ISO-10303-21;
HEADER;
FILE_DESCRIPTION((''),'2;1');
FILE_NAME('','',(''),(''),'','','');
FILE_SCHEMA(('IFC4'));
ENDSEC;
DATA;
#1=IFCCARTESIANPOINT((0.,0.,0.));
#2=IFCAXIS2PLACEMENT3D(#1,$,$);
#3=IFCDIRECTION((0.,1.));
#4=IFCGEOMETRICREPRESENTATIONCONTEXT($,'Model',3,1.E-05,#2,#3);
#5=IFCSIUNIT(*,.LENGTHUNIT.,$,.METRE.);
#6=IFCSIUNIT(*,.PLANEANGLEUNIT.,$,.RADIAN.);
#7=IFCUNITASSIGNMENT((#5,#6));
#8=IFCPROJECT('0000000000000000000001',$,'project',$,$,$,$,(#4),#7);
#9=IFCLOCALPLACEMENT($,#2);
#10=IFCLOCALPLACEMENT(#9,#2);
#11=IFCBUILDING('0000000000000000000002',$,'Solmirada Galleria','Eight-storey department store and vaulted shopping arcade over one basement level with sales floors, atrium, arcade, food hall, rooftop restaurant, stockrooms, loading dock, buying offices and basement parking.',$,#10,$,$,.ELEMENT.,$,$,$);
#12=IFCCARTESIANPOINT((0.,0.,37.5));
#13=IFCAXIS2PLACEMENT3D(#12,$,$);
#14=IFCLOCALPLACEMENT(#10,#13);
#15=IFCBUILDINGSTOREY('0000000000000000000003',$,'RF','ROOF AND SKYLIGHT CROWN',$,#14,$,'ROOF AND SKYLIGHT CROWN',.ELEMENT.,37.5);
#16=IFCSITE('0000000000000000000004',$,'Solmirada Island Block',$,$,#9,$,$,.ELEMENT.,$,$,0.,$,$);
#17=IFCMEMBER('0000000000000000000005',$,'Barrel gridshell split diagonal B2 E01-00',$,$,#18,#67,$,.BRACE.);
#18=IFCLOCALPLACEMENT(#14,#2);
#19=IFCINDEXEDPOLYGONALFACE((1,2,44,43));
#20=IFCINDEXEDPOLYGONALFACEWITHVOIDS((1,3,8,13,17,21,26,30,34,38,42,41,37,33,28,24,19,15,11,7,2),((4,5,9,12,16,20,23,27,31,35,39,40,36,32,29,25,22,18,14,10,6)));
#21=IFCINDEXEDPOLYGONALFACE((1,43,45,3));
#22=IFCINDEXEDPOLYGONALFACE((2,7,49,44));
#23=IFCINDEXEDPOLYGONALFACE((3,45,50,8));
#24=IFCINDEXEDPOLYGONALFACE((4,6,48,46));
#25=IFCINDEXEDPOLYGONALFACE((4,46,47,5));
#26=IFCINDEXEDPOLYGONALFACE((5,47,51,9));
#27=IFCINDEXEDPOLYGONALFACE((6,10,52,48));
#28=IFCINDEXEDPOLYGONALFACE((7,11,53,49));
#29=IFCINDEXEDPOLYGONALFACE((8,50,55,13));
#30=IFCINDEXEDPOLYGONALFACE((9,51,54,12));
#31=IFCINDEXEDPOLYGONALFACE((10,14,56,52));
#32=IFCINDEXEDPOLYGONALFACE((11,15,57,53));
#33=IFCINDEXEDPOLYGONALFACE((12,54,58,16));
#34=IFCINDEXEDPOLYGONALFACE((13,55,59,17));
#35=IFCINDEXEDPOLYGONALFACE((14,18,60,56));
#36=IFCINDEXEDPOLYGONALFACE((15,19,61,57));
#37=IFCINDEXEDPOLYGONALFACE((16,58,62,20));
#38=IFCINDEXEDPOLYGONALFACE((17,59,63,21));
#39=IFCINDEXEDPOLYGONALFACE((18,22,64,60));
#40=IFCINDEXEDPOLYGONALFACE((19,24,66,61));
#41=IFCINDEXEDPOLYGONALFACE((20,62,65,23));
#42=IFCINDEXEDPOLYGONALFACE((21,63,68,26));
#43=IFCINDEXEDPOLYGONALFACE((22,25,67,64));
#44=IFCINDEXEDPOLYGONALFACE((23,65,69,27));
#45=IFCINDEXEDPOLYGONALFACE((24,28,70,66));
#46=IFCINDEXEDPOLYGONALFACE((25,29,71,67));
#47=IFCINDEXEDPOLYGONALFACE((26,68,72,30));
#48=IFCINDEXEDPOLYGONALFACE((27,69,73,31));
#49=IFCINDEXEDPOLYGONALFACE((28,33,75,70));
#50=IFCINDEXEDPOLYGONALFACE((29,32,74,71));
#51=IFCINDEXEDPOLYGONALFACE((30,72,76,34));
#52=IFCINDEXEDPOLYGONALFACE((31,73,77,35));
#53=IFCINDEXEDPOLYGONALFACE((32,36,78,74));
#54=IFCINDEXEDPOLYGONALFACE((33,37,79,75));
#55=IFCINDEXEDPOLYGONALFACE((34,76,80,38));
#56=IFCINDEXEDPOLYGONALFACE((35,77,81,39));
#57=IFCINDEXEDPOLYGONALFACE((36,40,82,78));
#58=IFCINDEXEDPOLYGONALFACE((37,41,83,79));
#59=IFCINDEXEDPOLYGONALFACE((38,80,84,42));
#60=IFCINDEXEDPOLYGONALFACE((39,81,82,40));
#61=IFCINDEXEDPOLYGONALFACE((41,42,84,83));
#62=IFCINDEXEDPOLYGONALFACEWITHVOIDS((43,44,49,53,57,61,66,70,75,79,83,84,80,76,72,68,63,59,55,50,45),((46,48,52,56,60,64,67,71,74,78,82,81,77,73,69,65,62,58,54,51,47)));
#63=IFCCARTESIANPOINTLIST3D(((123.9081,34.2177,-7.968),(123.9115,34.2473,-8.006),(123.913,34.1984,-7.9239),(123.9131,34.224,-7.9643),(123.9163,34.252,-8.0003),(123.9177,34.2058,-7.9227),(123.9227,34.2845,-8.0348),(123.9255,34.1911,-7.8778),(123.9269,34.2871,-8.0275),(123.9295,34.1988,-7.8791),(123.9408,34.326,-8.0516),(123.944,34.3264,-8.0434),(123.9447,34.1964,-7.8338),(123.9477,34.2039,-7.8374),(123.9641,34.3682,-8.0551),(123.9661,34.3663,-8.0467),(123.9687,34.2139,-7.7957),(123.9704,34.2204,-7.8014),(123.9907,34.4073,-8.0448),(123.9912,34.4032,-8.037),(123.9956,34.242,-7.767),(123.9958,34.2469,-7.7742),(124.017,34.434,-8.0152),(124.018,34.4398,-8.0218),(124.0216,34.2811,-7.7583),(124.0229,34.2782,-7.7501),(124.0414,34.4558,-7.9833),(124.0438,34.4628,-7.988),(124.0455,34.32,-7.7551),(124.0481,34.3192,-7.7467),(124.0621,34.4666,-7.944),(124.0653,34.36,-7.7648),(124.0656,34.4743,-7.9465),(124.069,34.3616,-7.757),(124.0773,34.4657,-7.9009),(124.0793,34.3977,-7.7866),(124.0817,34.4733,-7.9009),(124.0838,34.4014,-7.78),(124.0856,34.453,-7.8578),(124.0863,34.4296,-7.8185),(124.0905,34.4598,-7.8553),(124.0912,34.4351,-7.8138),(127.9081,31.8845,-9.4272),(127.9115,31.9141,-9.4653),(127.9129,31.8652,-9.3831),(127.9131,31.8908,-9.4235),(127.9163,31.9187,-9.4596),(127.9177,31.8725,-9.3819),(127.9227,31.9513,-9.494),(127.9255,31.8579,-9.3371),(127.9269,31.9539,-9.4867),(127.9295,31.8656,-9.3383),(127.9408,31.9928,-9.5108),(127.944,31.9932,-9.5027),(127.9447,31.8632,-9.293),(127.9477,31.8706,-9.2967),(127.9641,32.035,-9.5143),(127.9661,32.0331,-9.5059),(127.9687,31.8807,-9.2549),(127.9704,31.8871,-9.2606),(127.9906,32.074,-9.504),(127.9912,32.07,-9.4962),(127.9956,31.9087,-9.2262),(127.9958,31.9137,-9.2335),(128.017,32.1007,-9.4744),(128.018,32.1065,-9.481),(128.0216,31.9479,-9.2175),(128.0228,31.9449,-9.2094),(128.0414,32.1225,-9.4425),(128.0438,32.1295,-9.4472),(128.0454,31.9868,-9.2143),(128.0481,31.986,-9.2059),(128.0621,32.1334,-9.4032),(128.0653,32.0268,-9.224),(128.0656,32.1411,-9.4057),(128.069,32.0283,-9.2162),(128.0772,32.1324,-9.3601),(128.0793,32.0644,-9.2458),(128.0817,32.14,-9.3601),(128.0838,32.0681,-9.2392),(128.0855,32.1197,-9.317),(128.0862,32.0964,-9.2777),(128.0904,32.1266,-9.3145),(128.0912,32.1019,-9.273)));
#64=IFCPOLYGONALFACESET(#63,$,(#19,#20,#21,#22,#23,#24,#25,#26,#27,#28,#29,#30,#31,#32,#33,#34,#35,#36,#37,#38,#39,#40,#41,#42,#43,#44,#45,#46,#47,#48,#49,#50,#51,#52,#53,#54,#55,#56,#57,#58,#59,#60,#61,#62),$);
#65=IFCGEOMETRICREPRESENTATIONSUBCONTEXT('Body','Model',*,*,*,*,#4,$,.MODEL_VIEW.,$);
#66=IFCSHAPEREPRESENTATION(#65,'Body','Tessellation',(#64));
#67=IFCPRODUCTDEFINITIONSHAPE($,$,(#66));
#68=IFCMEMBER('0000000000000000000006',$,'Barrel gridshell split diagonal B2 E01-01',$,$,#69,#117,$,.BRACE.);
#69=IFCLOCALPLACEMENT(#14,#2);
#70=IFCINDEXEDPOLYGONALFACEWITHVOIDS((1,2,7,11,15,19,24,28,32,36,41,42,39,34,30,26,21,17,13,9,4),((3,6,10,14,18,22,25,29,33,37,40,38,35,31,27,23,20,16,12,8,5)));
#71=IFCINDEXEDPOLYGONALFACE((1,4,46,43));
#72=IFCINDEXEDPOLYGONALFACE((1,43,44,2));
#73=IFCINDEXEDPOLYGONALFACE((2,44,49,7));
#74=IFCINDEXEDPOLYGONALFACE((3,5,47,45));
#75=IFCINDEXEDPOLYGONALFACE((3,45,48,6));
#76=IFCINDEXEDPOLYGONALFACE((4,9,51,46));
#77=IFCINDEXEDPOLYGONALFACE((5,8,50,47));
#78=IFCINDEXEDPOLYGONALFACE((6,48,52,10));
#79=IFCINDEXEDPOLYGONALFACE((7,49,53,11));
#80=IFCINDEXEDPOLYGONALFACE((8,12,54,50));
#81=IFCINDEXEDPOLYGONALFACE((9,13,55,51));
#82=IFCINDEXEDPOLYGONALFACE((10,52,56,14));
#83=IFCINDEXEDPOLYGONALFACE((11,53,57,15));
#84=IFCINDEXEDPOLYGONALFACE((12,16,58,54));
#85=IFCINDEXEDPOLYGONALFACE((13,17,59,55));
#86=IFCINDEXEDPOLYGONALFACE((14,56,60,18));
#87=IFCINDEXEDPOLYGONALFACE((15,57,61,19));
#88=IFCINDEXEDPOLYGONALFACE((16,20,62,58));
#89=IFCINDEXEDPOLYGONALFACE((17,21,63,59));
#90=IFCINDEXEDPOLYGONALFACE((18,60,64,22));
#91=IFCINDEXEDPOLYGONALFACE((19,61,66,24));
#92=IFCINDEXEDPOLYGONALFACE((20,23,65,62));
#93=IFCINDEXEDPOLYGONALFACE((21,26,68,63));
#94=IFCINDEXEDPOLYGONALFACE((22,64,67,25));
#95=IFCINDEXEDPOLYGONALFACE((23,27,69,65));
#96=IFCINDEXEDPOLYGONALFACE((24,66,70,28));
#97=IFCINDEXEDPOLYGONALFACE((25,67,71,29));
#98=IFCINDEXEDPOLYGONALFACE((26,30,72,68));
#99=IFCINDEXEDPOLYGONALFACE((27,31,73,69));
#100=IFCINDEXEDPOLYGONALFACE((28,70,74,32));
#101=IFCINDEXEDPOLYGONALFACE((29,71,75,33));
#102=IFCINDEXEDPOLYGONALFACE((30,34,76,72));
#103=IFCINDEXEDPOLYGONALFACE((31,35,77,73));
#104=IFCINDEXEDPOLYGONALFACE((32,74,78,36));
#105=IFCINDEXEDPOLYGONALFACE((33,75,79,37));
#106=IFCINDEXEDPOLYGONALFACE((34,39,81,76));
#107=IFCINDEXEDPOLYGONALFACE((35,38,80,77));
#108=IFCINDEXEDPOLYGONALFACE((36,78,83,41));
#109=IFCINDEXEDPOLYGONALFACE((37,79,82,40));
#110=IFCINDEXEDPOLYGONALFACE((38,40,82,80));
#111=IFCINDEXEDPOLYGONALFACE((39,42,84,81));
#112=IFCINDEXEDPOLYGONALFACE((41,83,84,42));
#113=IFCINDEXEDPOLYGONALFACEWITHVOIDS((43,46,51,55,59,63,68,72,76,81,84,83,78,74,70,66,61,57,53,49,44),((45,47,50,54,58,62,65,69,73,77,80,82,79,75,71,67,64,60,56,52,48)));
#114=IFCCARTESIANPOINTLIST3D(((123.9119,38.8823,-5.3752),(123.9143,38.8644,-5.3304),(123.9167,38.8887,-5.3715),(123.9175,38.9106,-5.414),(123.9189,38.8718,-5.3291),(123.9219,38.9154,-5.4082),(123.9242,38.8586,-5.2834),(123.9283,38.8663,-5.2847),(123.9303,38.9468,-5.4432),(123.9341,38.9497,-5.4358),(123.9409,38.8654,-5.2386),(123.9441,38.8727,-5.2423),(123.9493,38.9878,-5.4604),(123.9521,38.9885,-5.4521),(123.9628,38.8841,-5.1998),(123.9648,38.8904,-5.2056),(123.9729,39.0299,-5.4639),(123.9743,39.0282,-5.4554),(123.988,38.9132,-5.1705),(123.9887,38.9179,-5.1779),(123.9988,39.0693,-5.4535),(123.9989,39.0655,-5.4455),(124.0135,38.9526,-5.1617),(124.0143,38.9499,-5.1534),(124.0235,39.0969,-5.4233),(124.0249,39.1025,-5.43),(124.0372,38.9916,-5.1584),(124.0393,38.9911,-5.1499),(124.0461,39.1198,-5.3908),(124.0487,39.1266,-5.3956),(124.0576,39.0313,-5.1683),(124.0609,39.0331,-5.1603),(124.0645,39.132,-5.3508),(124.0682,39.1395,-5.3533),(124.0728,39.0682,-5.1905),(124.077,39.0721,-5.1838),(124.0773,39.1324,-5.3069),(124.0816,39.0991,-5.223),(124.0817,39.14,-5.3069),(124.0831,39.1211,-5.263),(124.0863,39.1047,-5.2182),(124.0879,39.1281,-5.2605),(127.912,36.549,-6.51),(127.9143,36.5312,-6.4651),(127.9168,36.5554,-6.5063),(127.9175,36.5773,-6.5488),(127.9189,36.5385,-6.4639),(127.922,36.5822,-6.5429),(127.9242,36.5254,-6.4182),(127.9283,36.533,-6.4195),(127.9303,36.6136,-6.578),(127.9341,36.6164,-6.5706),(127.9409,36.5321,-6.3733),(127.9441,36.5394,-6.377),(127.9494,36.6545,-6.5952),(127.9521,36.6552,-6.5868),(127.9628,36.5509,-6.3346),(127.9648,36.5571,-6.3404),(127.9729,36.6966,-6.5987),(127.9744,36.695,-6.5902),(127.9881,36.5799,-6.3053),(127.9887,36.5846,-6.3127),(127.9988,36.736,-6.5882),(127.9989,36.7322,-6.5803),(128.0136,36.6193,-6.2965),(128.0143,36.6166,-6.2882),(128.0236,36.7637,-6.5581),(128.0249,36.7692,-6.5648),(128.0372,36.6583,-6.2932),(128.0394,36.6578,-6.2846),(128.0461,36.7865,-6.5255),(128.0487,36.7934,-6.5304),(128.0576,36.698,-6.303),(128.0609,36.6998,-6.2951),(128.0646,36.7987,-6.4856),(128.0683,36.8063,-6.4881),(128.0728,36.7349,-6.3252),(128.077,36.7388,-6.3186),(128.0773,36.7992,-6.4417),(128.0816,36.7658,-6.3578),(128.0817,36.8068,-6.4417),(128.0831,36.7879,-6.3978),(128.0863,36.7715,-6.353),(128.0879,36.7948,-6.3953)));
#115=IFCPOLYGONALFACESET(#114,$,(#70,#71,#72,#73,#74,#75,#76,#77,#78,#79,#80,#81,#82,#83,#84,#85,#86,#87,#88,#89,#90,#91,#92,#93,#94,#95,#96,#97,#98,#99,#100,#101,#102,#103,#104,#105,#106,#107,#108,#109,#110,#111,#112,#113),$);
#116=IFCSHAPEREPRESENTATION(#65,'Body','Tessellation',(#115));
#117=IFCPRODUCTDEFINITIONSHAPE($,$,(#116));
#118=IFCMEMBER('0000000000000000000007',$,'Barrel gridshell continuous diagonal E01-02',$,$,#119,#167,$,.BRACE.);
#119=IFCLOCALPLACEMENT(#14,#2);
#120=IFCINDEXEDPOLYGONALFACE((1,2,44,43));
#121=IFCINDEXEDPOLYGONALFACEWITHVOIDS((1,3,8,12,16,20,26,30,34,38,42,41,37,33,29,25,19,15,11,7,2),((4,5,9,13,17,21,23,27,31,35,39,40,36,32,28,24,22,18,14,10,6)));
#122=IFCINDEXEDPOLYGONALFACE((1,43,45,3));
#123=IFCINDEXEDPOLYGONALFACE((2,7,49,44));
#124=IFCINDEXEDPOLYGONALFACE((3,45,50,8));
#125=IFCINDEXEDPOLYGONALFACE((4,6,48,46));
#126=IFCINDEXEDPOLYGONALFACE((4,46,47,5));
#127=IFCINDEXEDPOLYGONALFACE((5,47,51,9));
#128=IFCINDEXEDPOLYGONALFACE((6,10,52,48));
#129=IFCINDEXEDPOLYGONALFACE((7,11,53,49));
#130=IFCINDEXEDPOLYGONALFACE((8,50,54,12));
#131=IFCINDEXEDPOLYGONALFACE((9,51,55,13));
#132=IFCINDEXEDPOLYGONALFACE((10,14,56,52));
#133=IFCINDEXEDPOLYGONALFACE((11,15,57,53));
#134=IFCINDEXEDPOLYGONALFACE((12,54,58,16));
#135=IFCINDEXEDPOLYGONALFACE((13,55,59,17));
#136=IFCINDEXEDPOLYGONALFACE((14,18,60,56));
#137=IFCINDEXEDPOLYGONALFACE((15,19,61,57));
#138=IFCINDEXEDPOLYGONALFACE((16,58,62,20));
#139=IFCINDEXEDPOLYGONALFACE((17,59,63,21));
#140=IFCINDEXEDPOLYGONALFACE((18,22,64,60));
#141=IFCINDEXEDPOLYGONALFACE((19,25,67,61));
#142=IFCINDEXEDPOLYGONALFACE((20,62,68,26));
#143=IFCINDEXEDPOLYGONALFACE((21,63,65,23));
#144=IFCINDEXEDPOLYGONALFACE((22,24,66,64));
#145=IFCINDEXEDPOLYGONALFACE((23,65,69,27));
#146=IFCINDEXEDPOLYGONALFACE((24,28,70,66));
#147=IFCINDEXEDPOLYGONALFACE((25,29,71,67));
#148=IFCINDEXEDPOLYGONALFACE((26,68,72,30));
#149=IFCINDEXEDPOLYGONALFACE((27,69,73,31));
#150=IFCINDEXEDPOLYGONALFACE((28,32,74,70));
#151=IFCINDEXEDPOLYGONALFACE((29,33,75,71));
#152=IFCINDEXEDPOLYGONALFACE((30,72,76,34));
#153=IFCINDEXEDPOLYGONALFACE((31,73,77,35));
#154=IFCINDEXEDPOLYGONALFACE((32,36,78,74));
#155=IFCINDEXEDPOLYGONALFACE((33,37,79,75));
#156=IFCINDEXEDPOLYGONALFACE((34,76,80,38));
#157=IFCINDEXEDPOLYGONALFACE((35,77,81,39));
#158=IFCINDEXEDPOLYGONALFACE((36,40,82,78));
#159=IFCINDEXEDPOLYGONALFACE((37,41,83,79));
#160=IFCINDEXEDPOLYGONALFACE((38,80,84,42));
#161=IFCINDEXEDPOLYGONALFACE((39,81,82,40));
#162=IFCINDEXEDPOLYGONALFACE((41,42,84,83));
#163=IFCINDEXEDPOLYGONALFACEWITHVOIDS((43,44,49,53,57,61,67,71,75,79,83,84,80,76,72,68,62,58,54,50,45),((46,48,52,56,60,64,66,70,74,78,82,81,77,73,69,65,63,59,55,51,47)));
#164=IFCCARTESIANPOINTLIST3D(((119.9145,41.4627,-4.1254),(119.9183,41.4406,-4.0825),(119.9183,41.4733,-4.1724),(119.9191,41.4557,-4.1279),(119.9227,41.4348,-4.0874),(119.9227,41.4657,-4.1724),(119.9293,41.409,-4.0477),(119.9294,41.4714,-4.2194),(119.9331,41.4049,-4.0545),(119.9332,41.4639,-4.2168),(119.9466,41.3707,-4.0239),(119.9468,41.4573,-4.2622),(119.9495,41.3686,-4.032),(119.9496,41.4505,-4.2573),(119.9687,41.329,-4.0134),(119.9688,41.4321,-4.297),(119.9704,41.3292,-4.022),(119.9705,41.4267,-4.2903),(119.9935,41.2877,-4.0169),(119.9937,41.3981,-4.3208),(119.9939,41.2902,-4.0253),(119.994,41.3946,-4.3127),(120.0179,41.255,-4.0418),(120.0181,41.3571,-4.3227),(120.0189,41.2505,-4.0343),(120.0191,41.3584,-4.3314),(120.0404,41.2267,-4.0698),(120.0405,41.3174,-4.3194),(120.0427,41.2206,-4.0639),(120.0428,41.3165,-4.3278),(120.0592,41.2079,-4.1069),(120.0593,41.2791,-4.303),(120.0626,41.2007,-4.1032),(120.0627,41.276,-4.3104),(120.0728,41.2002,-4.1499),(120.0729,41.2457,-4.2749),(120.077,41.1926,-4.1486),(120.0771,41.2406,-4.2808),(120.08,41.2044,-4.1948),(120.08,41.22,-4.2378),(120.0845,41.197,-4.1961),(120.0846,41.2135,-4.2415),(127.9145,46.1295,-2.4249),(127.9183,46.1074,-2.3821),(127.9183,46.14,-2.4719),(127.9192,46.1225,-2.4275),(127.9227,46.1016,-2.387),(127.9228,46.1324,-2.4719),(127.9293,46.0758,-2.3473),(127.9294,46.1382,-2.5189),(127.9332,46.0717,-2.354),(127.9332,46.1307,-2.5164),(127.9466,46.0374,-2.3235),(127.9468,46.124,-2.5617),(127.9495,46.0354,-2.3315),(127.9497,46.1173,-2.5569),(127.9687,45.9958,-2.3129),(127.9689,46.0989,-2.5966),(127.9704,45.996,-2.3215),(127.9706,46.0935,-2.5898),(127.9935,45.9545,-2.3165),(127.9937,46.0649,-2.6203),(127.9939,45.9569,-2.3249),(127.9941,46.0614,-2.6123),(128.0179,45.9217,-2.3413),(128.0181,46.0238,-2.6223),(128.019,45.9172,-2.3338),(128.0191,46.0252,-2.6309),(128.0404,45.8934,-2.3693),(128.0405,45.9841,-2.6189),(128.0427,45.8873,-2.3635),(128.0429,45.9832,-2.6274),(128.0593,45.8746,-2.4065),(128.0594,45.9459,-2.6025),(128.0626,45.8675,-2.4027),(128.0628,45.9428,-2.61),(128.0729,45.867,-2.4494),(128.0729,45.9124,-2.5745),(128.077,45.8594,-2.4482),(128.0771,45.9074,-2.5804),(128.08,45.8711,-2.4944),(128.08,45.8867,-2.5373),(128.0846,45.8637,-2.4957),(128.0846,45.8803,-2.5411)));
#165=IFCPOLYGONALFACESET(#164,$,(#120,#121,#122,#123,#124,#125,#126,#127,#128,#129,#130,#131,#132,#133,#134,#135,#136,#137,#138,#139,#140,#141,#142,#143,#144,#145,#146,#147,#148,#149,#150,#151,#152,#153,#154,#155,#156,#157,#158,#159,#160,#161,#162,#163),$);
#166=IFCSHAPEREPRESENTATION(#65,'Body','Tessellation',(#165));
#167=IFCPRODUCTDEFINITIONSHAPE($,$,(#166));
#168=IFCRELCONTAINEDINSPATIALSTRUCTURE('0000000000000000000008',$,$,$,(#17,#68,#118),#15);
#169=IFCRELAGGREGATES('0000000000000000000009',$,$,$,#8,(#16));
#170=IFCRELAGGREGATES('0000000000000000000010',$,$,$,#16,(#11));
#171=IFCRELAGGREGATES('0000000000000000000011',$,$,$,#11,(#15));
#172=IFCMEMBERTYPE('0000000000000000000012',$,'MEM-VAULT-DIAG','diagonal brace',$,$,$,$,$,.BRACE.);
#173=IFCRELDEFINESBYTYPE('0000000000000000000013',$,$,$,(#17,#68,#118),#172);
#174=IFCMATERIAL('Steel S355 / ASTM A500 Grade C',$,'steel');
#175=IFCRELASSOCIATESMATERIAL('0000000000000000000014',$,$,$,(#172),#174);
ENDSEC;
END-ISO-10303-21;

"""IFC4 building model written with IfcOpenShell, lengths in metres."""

from ifc_helpers import new_model, si_unit, direction, frame, origin, origin_2d, place, context, subcontext, project, spatial, hollow_circle, extrude, material, material_profile, profile_set, type_object, element, save


model = new_model("IFC4")

# Units and contexts
model_context = context("Model", 3, precision=1e-05, world=origin(), true_north=direction((0.0, 1.0)))
body_context = subcontext(model_context, "Body", "Model", "MODEL_VIEW")
ifc_project = project(units=[si_unit("LENGTHUNIT", "METRE"), si_unit("PLANEANGLEUNIT", "RADIAN")], contexts=[model_context])

# Site, building, storey
site_placement = place(None, origin())
site = spatial("IfcSite", under=ifc_project, at=site_placement, Name="Solmirada Island Block", CompositionType="ELEMENT", RefElevation=0.0)
building_placement = place(site_placement, origin())
building = spatial("IfcBuilding", under=site, at=building_placement, Name="Solmirada Galleria", Description="Eight-storey department store and vaulted shopping arcade over one basement level with sales floors, atrium, arcade, food hall, rooftop restaurant, stockrooms, loading dock, buying offices and basement parking.", CompositionType="ELEMENT")
storey_placement = place(building_placement, frame((0.0, 0.0, 37.5)))
storey = spatial("IfcBuildingStorey", under=building, at=storey_placement, Name="RF", Description="ROOF AND SKYLIGHT CROWN", LongName="ROOF AND SKYLIGHT CROWN", CompositionType="ELEMENT", Elevation=37.5)

# Members
ifc_material_1 = material(Name="Steel S355 / ASTM A500 Grade C", Category="steel")
ifc_material_profile_1 = material_profile(ifc_material_1, hollow_circle(Radius=0.1621, WallThickness=0.0088, at=origin_2d()), Name="HSS12.750X0.375")
ifc_profile_set_1 = profile_set([ifc_material_profile_1], Name="Steel S355 / ASTM A500 Grade C")
member_type_1 = type_object("IfcMemberType", Name="MEM-VAULT-DIAG", Description="diagonal brace", PredefinedType="BRACE", material=ifc_profile_set_1)
member_1_placement = place(storey_placement, frame((124.0, 34.3333, -7.9009), z_axis=(0.823851, -0.480563, -0.300547), x_axis=(0.503858, 0.863787, 0.0)))
element("IfcMember", 1, at=member_1_placement, inside=storey, type_object=member_type_1, Name="Barrel gridshell split diagonal B2 E01-00", PredefinedType="BRACE", context=body_context, shape_type="SweptSolid", body=[
    extrude(hollow_circle(Radius=0.1621, WallThickness=0.0088, at=origin_2d()), origin(), (0.0, 0.0, 1.0), 4.8552),
])
member_2_placement = place(storey_placement, frame((124.0, 39.0, -5.3069), z_axis=(0.838964, -0.489379, -0.238007), x_axis=(0.503858, 0.863787, 0.0)))
element("IfcMember", 2, at=member_2_placement, inside=storey, type_object=member_type_1, Name="Barrel gridshell split diagonal B2 E01-01", PredefinedType="BRACE", context=body_context, shape_type="SweptSolid", body=[
    extrude(hollow_circle(Radius=0.1621, WallThickness=0.0088, at=origin_2d()), origin(), (0.0, 0.0, 1.0), 4.7678),
])
member_3_placement = place(storey_placement, frame((120.0, 41.3333, -4.1724), z_axis=(0.849575, 0.495594, 0.180581), x_axis=(-0.503878, 0.863775, 0.0)))
element("IfcMember", 3, at=member_3_placement, inside=storey, type_object=member_type_1, Name="Barrel gridshell continuous diagonal E01-02", PredefinedType="BRACE", context=body_context, shape_type="SweptSolid", body=[
    extrude(hollow_circle(Radius=0.1621, WallThickness=0.0088, at=origin_2d()), origin(), (0.0, 0.0, 1.0), 9.4165),
])

save(model, "model.ifc")
